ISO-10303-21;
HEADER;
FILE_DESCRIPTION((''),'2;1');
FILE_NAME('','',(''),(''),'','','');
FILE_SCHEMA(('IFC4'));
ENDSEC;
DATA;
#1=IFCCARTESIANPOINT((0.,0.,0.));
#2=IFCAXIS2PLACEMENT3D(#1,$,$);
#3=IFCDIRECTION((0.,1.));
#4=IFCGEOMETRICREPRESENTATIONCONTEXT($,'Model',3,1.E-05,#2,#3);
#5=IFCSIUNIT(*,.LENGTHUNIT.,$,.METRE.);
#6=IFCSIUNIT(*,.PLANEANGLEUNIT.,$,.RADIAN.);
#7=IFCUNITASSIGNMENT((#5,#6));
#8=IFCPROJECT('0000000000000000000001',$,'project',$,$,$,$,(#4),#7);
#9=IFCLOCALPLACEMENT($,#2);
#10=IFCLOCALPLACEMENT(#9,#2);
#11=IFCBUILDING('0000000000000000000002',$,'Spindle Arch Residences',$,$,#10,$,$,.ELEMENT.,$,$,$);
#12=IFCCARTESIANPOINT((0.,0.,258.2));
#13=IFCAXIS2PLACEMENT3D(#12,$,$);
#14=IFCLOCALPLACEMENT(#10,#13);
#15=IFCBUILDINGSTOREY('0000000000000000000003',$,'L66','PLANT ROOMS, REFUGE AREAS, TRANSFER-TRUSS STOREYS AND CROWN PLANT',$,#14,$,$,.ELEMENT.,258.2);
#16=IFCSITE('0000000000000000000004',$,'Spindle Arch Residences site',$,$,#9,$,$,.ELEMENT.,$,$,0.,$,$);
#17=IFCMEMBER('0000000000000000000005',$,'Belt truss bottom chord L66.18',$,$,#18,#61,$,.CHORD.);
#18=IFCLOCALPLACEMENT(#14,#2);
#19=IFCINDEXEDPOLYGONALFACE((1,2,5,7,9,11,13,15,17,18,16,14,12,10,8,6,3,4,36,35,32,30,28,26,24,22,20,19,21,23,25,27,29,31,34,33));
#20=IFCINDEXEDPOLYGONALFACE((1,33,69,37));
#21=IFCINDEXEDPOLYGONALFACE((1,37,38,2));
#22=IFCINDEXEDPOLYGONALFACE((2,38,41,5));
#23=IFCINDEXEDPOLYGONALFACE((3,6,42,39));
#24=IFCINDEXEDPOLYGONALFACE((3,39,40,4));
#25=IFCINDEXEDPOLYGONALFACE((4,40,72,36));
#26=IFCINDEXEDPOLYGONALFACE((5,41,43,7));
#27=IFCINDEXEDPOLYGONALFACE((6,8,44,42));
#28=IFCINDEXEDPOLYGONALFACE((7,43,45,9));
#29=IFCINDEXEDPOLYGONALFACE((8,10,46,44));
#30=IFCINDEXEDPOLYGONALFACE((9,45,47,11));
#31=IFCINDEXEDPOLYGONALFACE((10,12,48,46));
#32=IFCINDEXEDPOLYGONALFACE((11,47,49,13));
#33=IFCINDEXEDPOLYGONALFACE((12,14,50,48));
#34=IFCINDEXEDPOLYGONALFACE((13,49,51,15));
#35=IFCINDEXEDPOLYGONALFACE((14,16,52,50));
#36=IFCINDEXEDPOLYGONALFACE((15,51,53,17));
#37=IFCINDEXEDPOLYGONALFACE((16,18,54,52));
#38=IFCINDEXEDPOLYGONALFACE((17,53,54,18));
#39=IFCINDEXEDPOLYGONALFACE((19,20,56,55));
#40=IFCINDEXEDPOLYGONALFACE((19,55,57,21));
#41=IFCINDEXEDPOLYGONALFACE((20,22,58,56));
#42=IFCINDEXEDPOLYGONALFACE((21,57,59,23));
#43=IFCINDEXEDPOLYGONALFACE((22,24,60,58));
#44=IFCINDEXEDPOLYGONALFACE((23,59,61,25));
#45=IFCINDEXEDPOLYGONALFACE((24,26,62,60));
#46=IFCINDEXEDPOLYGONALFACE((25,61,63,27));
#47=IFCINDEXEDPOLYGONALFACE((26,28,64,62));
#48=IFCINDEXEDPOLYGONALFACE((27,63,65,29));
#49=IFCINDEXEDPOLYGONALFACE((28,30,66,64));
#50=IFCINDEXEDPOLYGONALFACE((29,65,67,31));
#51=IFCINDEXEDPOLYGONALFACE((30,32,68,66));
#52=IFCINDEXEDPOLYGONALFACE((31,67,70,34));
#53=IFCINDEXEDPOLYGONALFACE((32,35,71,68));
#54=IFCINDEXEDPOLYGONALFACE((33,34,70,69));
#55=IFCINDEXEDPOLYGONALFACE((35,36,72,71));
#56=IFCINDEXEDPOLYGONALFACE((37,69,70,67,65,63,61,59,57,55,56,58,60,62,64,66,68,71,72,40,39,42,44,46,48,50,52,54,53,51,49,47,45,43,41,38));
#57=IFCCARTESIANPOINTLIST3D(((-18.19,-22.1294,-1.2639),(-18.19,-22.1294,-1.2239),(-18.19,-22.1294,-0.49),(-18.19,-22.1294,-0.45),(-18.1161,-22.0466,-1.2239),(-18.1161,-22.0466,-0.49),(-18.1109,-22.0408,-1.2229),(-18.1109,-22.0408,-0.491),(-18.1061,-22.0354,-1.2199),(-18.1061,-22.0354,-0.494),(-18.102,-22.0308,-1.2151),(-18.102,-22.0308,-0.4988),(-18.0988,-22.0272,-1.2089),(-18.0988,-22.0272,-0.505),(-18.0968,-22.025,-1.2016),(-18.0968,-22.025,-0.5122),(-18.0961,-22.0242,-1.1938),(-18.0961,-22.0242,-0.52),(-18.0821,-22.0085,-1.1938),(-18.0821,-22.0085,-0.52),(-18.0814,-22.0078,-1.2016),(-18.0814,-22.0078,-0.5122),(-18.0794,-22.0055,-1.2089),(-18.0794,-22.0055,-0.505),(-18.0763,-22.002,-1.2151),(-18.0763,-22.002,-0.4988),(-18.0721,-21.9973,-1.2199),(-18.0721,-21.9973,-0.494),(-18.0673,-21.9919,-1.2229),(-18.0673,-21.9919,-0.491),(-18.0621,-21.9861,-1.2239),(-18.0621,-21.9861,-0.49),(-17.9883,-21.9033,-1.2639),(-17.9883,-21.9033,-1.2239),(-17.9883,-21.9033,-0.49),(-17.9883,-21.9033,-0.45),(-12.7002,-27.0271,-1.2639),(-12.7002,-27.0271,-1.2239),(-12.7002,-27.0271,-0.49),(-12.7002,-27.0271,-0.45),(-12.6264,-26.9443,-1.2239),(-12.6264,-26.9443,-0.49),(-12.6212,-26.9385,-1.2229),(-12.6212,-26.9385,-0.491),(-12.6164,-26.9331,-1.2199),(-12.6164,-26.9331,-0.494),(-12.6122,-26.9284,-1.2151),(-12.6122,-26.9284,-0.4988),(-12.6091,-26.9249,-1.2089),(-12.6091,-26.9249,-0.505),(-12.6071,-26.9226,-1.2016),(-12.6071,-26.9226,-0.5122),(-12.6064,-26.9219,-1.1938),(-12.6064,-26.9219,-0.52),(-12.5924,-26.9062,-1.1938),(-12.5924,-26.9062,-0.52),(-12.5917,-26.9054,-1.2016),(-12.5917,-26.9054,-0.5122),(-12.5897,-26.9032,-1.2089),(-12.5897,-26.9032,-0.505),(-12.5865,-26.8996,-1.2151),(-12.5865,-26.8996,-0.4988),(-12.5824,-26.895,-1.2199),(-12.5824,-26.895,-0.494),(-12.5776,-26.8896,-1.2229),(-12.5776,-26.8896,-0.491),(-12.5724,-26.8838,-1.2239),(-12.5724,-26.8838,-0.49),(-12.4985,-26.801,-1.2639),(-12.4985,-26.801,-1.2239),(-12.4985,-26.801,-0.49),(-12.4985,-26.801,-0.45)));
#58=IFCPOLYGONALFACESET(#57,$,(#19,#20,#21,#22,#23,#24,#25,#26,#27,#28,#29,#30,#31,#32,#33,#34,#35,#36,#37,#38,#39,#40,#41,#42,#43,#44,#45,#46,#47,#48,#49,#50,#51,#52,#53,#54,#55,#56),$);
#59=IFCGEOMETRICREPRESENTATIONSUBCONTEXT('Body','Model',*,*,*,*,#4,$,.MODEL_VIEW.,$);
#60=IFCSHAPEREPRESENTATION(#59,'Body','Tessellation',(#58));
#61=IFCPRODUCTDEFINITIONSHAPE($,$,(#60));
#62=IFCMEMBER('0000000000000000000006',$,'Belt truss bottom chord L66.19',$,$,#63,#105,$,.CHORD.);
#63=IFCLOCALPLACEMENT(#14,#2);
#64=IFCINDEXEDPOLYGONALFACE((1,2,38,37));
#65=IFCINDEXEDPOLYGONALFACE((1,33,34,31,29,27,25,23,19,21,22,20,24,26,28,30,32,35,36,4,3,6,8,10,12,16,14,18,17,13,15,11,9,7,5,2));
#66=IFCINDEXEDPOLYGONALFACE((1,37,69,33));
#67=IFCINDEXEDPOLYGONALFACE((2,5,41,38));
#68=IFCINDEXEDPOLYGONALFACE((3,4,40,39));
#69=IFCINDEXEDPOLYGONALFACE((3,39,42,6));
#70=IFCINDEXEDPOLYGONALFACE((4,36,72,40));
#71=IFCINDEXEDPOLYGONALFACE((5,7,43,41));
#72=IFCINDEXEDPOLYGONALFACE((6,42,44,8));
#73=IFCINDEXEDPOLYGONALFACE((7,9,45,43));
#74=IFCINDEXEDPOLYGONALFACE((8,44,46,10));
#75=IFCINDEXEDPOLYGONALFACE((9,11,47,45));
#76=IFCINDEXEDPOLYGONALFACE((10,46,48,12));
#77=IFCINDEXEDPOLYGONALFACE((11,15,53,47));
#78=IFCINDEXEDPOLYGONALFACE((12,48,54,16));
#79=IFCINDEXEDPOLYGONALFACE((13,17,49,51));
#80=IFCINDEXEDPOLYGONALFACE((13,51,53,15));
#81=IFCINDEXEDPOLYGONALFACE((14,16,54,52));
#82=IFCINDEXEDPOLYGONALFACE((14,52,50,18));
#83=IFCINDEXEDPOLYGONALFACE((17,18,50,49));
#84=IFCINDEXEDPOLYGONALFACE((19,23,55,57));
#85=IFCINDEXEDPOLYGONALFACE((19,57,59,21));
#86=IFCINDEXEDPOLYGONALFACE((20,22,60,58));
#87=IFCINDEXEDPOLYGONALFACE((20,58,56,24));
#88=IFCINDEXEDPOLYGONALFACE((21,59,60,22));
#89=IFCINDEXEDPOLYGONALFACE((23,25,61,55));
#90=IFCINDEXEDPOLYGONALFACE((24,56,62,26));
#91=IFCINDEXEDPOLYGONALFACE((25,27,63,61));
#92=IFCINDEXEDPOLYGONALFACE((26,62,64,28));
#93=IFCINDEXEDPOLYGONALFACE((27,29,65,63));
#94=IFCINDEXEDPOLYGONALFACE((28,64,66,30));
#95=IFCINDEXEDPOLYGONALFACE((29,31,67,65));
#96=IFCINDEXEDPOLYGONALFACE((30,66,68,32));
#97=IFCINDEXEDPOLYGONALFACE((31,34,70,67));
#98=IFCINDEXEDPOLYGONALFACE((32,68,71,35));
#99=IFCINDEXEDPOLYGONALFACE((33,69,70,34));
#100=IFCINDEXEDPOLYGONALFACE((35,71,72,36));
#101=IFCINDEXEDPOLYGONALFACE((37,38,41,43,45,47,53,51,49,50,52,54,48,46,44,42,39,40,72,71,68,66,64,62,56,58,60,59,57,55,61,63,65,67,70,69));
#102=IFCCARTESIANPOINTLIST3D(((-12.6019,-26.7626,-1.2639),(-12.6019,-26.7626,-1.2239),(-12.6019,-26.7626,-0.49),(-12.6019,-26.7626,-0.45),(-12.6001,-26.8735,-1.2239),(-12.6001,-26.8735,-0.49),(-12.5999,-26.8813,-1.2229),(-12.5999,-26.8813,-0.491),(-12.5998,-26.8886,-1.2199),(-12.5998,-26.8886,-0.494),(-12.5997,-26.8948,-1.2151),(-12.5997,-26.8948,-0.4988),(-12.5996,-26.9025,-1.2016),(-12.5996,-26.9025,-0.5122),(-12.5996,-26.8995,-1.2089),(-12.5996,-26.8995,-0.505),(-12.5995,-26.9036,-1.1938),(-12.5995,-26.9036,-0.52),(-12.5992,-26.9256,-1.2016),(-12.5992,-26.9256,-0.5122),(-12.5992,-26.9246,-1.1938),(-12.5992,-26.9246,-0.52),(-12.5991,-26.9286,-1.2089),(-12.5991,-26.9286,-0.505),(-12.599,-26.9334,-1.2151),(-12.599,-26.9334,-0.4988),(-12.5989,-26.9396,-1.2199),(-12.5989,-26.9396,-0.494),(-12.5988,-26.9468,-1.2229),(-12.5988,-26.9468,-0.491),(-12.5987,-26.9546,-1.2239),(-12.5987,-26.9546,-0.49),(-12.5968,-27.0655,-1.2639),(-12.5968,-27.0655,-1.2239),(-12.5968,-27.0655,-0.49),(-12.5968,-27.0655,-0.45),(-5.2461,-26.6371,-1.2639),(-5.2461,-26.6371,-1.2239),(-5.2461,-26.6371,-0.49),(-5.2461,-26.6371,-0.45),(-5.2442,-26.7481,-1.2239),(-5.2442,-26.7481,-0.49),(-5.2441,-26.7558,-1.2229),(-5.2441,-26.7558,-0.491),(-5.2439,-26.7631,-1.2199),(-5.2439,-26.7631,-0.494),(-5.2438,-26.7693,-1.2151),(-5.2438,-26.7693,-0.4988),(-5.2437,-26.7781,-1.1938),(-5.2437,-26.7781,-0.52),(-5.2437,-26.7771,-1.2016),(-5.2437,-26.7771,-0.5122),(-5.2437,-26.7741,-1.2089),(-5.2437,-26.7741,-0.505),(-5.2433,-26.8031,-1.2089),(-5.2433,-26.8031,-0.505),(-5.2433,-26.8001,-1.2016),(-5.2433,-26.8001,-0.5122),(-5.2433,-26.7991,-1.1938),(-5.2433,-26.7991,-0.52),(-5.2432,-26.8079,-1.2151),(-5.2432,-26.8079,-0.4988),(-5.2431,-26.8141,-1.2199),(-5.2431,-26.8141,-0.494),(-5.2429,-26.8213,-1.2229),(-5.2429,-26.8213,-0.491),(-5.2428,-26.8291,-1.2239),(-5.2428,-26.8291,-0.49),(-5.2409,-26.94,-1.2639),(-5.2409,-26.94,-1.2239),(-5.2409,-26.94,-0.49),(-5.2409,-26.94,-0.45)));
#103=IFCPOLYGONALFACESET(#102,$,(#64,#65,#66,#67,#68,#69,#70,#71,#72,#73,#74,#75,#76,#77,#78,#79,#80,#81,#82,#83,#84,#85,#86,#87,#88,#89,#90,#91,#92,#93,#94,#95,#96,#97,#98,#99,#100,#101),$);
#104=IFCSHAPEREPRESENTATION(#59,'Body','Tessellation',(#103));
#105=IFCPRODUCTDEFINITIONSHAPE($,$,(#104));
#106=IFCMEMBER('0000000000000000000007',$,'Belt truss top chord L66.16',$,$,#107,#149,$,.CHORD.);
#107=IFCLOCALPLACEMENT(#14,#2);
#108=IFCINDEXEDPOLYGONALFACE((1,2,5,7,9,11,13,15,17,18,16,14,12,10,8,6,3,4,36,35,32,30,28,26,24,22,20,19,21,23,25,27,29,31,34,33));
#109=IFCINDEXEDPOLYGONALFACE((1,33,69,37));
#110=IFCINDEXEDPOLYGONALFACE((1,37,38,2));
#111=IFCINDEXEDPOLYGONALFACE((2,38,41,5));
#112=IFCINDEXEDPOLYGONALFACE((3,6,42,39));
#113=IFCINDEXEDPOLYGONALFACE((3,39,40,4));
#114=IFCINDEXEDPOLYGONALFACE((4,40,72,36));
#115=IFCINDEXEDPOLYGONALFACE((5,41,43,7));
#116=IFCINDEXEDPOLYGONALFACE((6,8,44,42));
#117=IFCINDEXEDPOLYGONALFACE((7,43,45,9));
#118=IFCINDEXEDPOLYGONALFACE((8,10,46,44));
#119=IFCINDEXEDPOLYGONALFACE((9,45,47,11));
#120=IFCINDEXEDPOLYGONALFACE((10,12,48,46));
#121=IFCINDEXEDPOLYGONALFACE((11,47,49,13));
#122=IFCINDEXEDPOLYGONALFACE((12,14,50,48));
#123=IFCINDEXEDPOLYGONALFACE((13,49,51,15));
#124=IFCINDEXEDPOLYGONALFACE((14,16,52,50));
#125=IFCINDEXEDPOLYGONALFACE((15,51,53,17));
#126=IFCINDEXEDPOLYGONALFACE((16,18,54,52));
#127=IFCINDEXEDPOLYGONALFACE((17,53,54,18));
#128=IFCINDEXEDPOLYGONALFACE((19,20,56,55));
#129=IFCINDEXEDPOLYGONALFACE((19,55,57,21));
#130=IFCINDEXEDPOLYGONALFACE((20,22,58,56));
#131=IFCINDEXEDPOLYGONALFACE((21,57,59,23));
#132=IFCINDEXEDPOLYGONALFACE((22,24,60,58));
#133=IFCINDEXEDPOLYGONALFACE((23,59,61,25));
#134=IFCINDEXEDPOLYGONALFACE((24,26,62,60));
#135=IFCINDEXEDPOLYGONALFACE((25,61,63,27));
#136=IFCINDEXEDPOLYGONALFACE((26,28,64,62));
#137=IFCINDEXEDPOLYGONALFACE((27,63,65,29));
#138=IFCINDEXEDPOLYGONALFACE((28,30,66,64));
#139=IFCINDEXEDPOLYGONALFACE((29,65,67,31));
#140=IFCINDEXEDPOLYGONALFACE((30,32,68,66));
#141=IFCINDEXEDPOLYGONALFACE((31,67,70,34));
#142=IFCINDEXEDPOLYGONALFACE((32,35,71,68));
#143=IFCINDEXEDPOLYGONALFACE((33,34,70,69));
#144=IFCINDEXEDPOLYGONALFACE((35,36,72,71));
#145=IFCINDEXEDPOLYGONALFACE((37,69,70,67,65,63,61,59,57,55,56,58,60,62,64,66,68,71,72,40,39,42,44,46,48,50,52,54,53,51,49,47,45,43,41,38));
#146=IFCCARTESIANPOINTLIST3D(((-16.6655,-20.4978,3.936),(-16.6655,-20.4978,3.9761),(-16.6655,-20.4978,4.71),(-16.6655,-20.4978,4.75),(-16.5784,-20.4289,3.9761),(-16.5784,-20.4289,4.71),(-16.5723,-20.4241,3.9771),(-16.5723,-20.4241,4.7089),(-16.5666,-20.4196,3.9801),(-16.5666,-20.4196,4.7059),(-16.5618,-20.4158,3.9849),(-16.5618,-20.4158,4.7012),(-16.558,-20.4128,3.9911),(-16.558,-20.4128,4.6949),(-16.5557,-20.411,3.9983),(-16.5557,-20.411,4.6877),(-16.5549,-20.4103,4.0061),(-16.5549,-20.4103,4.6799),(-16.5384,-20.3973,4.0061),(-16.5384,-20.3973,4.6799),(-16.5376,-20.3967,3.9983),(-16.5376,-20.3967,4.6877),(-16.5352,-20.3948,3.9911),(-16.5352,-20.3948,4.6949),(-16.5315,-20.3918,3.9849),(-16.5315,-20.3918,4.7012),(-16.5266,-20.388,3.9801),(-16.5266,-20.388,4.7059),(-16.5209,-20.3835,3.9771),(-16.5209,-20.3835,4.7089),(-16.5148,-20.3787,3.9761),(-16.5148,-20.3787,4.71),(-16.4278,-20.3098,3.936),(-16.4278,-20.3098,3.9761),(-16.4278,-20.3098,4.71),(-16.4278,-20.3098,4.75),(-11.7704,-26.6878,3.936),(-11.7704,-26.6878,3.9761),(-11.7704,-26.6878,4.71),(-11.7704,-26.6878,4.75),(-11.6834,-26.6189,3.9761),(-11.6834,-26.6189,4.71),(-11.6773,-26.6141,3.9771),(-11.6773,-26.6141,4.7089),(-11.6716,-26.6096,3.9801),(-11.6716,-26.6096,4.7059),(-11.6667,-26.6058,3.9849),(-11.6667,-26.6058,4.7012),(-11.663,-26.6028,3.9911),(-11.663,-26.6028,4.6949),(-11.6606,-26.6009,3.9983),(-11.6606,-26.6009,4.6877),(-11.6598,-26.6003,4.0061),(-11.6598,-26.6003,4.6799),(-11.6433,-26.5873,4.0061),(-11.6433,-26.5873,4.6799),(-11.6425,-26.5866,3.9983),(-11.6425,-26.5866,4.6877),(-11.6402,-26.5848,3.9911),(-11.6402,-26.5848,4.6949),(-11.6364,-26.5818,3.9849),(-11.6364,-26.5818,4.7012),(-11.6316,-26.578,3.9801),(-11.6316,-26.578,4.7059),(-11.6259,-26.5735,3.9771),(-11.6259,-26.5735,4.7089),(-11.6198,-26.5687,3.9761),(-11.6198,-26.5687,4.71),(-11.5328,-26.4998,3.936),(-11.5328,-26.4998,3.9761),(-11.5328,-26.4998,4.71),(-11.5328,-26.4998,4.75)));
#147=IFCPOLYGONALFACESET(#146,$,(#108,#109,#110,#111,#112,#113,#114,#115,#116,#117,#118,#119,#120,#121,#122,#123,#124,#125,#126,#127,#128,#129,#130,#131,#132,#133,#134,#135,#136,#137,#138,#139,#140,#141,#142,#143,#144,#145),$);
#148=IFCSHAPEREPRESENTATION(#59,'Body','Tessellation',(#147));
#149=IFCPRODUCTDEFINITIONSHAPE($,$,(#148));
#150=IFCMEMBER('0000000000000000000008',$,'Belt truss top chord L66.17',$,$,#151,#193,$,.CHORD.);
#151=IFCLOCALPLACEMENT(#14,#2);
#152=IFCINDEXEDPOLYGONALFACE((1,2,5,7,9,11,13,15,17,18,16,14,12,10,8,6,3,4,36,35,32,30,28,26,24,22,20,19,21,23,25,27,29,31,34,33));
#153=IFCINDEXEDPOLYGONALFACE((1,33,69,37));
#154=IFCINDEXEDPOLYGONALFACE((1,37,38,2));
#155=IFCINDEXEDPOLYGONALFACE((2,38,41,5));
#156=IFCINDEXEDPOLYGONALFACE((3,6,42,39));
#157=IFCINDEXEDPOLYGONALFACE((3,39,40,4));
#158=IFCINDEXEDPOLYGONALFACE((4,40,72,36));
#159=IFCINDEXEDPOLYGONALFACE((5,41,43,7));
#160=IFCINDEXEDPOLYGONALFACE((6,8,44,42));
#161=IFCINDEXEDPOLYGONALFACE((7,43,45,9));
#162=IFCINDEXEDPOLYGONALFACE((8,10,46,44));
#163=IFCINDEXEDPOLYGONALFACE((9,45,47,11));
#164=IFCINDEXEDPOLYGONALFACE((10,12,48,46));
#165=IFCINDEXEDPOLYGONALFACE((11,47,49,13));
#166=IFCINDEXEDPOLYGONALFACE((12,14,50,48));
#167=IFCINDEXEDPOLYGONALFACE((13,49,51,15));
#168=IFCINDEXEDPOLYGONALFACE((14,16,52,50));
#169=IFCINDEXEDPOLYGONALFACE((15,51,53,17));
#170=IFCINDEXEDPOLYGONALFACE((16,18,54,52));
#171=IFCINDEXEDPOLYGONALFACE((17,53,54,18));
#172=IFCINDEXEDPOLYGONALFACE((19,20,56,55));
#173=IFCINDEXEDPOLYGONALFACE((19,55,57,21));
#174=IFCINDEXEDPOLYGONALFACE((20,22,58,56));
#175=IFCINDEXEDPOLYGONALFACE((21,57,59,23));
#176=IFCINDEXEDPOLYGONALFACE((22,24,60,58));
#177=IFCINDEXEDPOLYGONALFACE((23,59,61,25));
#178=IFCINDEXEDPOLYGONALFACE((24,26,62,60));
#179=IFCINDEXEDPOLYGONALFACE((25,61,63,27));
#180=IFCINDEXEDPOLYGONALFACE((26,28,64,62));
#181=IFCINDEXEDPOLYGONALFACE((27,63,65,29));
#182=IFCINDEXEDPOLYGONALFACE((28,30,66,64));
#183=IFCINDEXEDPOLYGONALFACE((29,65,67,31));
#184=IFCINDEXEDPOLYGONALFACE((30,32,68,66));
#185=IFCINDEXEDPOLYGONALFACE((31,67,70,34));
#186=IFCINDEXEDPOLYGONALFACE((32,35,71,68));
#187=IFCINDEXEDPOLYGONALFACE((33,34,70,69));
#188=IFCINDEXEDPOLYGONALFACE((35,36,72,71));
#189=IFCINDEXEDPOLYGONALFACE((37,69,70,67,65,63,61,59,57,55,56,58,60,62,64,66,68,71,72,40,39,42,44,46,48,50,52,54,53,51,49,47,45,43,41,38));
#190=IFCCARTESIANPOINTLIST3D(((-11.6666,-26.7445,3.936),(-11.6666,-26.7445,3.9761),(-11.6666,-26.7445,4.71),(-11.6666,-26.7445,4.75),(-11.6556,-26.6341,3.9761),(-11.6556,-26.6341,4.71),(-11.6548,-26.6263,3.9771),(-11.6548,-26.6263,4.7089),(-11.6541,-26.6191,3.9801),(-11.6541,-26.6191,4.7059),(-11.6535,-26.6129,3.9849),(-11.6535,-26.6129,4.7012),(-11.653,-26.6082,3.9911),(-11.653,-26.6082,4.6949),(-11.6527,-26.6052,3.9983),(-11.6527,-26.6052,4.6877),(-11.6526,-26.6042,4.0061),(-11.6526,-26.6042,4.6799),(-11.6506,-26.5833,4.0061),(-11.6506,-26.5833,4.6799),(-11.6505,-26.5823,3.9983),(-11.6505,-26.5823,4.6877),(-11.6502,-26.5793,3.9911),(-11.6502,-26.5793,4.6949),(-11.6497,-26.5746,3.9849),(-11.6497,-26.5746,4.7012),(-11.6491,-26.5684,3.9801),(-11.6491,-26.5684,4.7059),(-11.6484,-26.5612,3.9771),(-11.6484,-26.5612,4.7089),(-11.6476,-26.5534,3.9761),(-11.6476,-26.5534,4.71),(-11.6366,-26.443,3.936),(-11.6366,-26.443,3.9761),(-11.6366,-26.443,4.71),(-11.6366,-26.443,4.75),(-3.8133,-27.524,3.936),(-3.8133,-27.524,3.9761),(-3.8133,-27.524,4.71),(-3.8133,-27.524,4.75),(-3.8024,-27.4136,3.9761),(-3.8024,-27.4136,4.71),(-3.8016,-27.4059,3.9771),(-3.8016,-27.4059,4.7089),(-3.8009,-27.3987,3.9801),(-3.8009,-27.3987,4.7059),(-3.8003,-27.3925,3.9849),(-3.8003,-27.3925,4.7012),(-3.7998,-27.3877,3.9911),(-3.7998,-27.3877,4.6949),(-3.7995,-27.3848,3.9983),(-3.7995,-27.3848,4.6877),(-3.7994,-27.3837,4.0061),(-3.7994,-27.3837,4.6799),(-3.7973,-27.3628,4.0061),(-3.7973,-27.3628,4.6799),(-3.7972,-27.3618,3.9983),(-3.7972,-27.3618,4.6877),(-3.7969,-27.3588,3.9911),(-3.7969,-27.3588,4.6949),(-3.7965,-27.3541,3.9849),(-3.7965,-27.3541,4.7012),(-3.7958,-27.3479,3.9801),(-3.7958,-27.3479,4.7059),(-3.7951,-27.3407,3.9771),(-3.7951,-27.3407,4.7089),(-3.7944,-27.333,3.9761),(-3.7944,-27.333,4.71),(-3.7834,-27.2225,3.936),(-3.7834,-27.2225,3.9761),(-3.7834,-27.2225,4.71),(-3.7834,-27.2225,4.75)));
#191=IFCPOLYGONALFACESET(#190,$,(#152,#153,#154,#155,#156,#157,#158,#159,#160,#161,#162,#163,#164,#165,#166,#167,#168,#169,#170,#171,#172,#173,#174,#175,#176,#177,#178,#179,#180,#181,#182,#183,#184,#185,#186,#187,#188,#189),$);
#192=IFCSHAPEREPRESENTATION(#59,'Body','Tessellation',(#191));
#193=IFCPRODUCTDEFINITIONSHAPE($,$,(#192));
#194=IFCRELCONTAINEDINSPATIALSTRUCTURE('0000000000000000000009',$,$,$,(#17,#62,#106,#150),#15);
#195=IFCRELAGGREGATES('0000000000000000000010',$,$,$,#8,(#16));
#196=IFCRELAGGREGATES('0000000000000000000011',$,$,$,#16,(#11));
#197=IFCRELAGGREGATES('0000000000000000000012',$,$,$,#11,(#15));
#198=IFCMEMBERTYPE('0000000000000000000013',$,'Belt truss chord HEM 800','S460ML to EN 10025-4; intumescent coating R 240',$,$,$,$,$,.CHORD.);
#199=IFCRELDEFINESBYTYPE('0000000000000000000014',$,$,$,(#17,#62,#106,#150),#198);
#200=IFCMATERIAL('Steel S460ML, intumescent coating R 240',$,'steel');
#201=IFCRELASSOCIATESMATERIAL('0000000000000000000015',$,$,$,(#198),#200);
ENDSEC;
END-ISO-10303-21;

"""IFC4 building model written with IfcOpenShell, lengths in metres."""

from ifc_helpers import new_model, si_unit, direction, frame, origin, origin_2d, place, context, subcontext, project, spatial, i_section, extrude, material, material_profile, profile_set, type_object, element, save


model = new_model("IFC4")

# Units and contexts
model_context = context("Model", 3, precision=1e-05, world=origin(), true_north=direction((0.0, 1.0)))
body_context = subcontext(model_context, "Body", "Model", "MODEL_VIEW")
ifc_project = project(units=[si_unit("LENGTHUNIT", "METRE"), si_unit("PLANEANGLEUNIT", "RADIAN")], contexts=[model_context])

# Site, building, storey
site_placement = place(None, origin())
site = spatial("IfcSite", under=ifc_project, at=site_placement, Name="Spindle Arch Residences site", CompositionType="ELEMENT", RefElevation=0.0)
building_placement = place(site_placement, origin())
building = spatial("IfcBuilding", under=site, at=building_placement, Name="Spindle Arch Residences", CompositionType="ELEMENT")
storey_placement = place(building_placement, frame((0.0, 0.0, 258.2)))
storey = spatial("IfcBuildingStorey", under=building, at=storey_placement, Name="L66", Description="PLANT ROOMS, REFUGE AREAS, TRANSFER-TRUSS STOREYS AND CROWN PLANT", CompositionType="ELEMENT", Elevation=258.2)

# Members
ifc_material_1 = material(Name="Steel S460ML, intumescent coating R 240", Category="steel")
ifc_material_profile_1 = material_profile(ifc_material_1, i_section(OverallWidth=0.303, OverallDepth=0.814, WebThickness=0.021, FlangeThickness=0.04, FilletRadius=0.03, at=origin_2d()), Name="HEM 800")
ifc_profile_set_1 = profile_set([ifc_material_profile_1], Name="Steel S460ML, intumescent coating R 240")
member_type_1 = type_object("IfcMemberType", Name="Belt truss chord HEM 800", Description="S460ML to EN 10025-4; intumescent coating R 240", PredefinedType="CHORD", material=ifc_profile_set_1)
for number, where, z_axis, x_axis, name in (
    (1, (-18.0891, -22.0164, -0.8569), (0.746198, -0.665724, 0.0), (0.665724, 0.746198, 0.0), "Belt truss bottom chord L66.18"),
    (2, (-12.5994, -26.9141, -0.8569), (0.999855, 0.017057, 0.0), (-0.017057, 0.999855, 0.0), "Belt truss bottom chord L66.19"),
):
    element("IfcMember", number, at=place(storey_placement, frame(where, z_axis=z_axis, x_axis=x_axis)), inside=storey, type_object=member_type_1, Name=name, PredefinedType="CHORD", context=body_context, shape_type="SweptSolid", body=[
        extrude(i_section(OverallWidth=0.303, OverallDepth=0.814, WebThickness=0.021, FlangeThickness=0.04, FilletRadius=0.03, at=origin_2d()), origin(), (0.0, 0.0, 1.0), 7.3569),
    ])
member_1_placement = place(storey_placement, frame((-16.5466, -20.4038, 4.343), z_axis=(0.620286, -0.784376, 0.0), x_axis=(0.784376, 0.620286, 0.0)))
element("IfcMember", 3, at=member_1_placement, inside=storey, type_object=member_type_1, Name="Belt truss top chord L66.16", PredefinedType="CHORD", context=body_context, shape_type="SweptSolid", body=[
    extrude(i_section(OverallWidth=0.303, OverallDepth=0.814, WebThickness=0.021, FlangeThickness=0.04, FilletRadius=0.03, at=origin_2d()), origin(), (0.0, 0.0, 1.0), 7.8916),
])
member_2_placement = place(storey_placement, frame((-11.6516, -26.5938, 4.343), z_axis=(0.99511, -0.098778, 0.0), x_axis=(0.098778, 0.99511, 0.0)))
element("IfcMember", 4, at=member_2_placement, inside=storey, type_object=member_type_1, Name="Belt truss top chord L66.17", PredefinedType="CHORD", context=body_context, shape_type="SweptSolid", body=[
    extrude(i_section(OverallWidth=0.303, OverallDepth=0.814, WebThickness=0.021, FlangeThickness=0.04, FilletRadius=0.03, at=origin_2d()), origin(), (0.0, 0.0, 1.0), 7.8918),
])

save(model, "model.ifc")
